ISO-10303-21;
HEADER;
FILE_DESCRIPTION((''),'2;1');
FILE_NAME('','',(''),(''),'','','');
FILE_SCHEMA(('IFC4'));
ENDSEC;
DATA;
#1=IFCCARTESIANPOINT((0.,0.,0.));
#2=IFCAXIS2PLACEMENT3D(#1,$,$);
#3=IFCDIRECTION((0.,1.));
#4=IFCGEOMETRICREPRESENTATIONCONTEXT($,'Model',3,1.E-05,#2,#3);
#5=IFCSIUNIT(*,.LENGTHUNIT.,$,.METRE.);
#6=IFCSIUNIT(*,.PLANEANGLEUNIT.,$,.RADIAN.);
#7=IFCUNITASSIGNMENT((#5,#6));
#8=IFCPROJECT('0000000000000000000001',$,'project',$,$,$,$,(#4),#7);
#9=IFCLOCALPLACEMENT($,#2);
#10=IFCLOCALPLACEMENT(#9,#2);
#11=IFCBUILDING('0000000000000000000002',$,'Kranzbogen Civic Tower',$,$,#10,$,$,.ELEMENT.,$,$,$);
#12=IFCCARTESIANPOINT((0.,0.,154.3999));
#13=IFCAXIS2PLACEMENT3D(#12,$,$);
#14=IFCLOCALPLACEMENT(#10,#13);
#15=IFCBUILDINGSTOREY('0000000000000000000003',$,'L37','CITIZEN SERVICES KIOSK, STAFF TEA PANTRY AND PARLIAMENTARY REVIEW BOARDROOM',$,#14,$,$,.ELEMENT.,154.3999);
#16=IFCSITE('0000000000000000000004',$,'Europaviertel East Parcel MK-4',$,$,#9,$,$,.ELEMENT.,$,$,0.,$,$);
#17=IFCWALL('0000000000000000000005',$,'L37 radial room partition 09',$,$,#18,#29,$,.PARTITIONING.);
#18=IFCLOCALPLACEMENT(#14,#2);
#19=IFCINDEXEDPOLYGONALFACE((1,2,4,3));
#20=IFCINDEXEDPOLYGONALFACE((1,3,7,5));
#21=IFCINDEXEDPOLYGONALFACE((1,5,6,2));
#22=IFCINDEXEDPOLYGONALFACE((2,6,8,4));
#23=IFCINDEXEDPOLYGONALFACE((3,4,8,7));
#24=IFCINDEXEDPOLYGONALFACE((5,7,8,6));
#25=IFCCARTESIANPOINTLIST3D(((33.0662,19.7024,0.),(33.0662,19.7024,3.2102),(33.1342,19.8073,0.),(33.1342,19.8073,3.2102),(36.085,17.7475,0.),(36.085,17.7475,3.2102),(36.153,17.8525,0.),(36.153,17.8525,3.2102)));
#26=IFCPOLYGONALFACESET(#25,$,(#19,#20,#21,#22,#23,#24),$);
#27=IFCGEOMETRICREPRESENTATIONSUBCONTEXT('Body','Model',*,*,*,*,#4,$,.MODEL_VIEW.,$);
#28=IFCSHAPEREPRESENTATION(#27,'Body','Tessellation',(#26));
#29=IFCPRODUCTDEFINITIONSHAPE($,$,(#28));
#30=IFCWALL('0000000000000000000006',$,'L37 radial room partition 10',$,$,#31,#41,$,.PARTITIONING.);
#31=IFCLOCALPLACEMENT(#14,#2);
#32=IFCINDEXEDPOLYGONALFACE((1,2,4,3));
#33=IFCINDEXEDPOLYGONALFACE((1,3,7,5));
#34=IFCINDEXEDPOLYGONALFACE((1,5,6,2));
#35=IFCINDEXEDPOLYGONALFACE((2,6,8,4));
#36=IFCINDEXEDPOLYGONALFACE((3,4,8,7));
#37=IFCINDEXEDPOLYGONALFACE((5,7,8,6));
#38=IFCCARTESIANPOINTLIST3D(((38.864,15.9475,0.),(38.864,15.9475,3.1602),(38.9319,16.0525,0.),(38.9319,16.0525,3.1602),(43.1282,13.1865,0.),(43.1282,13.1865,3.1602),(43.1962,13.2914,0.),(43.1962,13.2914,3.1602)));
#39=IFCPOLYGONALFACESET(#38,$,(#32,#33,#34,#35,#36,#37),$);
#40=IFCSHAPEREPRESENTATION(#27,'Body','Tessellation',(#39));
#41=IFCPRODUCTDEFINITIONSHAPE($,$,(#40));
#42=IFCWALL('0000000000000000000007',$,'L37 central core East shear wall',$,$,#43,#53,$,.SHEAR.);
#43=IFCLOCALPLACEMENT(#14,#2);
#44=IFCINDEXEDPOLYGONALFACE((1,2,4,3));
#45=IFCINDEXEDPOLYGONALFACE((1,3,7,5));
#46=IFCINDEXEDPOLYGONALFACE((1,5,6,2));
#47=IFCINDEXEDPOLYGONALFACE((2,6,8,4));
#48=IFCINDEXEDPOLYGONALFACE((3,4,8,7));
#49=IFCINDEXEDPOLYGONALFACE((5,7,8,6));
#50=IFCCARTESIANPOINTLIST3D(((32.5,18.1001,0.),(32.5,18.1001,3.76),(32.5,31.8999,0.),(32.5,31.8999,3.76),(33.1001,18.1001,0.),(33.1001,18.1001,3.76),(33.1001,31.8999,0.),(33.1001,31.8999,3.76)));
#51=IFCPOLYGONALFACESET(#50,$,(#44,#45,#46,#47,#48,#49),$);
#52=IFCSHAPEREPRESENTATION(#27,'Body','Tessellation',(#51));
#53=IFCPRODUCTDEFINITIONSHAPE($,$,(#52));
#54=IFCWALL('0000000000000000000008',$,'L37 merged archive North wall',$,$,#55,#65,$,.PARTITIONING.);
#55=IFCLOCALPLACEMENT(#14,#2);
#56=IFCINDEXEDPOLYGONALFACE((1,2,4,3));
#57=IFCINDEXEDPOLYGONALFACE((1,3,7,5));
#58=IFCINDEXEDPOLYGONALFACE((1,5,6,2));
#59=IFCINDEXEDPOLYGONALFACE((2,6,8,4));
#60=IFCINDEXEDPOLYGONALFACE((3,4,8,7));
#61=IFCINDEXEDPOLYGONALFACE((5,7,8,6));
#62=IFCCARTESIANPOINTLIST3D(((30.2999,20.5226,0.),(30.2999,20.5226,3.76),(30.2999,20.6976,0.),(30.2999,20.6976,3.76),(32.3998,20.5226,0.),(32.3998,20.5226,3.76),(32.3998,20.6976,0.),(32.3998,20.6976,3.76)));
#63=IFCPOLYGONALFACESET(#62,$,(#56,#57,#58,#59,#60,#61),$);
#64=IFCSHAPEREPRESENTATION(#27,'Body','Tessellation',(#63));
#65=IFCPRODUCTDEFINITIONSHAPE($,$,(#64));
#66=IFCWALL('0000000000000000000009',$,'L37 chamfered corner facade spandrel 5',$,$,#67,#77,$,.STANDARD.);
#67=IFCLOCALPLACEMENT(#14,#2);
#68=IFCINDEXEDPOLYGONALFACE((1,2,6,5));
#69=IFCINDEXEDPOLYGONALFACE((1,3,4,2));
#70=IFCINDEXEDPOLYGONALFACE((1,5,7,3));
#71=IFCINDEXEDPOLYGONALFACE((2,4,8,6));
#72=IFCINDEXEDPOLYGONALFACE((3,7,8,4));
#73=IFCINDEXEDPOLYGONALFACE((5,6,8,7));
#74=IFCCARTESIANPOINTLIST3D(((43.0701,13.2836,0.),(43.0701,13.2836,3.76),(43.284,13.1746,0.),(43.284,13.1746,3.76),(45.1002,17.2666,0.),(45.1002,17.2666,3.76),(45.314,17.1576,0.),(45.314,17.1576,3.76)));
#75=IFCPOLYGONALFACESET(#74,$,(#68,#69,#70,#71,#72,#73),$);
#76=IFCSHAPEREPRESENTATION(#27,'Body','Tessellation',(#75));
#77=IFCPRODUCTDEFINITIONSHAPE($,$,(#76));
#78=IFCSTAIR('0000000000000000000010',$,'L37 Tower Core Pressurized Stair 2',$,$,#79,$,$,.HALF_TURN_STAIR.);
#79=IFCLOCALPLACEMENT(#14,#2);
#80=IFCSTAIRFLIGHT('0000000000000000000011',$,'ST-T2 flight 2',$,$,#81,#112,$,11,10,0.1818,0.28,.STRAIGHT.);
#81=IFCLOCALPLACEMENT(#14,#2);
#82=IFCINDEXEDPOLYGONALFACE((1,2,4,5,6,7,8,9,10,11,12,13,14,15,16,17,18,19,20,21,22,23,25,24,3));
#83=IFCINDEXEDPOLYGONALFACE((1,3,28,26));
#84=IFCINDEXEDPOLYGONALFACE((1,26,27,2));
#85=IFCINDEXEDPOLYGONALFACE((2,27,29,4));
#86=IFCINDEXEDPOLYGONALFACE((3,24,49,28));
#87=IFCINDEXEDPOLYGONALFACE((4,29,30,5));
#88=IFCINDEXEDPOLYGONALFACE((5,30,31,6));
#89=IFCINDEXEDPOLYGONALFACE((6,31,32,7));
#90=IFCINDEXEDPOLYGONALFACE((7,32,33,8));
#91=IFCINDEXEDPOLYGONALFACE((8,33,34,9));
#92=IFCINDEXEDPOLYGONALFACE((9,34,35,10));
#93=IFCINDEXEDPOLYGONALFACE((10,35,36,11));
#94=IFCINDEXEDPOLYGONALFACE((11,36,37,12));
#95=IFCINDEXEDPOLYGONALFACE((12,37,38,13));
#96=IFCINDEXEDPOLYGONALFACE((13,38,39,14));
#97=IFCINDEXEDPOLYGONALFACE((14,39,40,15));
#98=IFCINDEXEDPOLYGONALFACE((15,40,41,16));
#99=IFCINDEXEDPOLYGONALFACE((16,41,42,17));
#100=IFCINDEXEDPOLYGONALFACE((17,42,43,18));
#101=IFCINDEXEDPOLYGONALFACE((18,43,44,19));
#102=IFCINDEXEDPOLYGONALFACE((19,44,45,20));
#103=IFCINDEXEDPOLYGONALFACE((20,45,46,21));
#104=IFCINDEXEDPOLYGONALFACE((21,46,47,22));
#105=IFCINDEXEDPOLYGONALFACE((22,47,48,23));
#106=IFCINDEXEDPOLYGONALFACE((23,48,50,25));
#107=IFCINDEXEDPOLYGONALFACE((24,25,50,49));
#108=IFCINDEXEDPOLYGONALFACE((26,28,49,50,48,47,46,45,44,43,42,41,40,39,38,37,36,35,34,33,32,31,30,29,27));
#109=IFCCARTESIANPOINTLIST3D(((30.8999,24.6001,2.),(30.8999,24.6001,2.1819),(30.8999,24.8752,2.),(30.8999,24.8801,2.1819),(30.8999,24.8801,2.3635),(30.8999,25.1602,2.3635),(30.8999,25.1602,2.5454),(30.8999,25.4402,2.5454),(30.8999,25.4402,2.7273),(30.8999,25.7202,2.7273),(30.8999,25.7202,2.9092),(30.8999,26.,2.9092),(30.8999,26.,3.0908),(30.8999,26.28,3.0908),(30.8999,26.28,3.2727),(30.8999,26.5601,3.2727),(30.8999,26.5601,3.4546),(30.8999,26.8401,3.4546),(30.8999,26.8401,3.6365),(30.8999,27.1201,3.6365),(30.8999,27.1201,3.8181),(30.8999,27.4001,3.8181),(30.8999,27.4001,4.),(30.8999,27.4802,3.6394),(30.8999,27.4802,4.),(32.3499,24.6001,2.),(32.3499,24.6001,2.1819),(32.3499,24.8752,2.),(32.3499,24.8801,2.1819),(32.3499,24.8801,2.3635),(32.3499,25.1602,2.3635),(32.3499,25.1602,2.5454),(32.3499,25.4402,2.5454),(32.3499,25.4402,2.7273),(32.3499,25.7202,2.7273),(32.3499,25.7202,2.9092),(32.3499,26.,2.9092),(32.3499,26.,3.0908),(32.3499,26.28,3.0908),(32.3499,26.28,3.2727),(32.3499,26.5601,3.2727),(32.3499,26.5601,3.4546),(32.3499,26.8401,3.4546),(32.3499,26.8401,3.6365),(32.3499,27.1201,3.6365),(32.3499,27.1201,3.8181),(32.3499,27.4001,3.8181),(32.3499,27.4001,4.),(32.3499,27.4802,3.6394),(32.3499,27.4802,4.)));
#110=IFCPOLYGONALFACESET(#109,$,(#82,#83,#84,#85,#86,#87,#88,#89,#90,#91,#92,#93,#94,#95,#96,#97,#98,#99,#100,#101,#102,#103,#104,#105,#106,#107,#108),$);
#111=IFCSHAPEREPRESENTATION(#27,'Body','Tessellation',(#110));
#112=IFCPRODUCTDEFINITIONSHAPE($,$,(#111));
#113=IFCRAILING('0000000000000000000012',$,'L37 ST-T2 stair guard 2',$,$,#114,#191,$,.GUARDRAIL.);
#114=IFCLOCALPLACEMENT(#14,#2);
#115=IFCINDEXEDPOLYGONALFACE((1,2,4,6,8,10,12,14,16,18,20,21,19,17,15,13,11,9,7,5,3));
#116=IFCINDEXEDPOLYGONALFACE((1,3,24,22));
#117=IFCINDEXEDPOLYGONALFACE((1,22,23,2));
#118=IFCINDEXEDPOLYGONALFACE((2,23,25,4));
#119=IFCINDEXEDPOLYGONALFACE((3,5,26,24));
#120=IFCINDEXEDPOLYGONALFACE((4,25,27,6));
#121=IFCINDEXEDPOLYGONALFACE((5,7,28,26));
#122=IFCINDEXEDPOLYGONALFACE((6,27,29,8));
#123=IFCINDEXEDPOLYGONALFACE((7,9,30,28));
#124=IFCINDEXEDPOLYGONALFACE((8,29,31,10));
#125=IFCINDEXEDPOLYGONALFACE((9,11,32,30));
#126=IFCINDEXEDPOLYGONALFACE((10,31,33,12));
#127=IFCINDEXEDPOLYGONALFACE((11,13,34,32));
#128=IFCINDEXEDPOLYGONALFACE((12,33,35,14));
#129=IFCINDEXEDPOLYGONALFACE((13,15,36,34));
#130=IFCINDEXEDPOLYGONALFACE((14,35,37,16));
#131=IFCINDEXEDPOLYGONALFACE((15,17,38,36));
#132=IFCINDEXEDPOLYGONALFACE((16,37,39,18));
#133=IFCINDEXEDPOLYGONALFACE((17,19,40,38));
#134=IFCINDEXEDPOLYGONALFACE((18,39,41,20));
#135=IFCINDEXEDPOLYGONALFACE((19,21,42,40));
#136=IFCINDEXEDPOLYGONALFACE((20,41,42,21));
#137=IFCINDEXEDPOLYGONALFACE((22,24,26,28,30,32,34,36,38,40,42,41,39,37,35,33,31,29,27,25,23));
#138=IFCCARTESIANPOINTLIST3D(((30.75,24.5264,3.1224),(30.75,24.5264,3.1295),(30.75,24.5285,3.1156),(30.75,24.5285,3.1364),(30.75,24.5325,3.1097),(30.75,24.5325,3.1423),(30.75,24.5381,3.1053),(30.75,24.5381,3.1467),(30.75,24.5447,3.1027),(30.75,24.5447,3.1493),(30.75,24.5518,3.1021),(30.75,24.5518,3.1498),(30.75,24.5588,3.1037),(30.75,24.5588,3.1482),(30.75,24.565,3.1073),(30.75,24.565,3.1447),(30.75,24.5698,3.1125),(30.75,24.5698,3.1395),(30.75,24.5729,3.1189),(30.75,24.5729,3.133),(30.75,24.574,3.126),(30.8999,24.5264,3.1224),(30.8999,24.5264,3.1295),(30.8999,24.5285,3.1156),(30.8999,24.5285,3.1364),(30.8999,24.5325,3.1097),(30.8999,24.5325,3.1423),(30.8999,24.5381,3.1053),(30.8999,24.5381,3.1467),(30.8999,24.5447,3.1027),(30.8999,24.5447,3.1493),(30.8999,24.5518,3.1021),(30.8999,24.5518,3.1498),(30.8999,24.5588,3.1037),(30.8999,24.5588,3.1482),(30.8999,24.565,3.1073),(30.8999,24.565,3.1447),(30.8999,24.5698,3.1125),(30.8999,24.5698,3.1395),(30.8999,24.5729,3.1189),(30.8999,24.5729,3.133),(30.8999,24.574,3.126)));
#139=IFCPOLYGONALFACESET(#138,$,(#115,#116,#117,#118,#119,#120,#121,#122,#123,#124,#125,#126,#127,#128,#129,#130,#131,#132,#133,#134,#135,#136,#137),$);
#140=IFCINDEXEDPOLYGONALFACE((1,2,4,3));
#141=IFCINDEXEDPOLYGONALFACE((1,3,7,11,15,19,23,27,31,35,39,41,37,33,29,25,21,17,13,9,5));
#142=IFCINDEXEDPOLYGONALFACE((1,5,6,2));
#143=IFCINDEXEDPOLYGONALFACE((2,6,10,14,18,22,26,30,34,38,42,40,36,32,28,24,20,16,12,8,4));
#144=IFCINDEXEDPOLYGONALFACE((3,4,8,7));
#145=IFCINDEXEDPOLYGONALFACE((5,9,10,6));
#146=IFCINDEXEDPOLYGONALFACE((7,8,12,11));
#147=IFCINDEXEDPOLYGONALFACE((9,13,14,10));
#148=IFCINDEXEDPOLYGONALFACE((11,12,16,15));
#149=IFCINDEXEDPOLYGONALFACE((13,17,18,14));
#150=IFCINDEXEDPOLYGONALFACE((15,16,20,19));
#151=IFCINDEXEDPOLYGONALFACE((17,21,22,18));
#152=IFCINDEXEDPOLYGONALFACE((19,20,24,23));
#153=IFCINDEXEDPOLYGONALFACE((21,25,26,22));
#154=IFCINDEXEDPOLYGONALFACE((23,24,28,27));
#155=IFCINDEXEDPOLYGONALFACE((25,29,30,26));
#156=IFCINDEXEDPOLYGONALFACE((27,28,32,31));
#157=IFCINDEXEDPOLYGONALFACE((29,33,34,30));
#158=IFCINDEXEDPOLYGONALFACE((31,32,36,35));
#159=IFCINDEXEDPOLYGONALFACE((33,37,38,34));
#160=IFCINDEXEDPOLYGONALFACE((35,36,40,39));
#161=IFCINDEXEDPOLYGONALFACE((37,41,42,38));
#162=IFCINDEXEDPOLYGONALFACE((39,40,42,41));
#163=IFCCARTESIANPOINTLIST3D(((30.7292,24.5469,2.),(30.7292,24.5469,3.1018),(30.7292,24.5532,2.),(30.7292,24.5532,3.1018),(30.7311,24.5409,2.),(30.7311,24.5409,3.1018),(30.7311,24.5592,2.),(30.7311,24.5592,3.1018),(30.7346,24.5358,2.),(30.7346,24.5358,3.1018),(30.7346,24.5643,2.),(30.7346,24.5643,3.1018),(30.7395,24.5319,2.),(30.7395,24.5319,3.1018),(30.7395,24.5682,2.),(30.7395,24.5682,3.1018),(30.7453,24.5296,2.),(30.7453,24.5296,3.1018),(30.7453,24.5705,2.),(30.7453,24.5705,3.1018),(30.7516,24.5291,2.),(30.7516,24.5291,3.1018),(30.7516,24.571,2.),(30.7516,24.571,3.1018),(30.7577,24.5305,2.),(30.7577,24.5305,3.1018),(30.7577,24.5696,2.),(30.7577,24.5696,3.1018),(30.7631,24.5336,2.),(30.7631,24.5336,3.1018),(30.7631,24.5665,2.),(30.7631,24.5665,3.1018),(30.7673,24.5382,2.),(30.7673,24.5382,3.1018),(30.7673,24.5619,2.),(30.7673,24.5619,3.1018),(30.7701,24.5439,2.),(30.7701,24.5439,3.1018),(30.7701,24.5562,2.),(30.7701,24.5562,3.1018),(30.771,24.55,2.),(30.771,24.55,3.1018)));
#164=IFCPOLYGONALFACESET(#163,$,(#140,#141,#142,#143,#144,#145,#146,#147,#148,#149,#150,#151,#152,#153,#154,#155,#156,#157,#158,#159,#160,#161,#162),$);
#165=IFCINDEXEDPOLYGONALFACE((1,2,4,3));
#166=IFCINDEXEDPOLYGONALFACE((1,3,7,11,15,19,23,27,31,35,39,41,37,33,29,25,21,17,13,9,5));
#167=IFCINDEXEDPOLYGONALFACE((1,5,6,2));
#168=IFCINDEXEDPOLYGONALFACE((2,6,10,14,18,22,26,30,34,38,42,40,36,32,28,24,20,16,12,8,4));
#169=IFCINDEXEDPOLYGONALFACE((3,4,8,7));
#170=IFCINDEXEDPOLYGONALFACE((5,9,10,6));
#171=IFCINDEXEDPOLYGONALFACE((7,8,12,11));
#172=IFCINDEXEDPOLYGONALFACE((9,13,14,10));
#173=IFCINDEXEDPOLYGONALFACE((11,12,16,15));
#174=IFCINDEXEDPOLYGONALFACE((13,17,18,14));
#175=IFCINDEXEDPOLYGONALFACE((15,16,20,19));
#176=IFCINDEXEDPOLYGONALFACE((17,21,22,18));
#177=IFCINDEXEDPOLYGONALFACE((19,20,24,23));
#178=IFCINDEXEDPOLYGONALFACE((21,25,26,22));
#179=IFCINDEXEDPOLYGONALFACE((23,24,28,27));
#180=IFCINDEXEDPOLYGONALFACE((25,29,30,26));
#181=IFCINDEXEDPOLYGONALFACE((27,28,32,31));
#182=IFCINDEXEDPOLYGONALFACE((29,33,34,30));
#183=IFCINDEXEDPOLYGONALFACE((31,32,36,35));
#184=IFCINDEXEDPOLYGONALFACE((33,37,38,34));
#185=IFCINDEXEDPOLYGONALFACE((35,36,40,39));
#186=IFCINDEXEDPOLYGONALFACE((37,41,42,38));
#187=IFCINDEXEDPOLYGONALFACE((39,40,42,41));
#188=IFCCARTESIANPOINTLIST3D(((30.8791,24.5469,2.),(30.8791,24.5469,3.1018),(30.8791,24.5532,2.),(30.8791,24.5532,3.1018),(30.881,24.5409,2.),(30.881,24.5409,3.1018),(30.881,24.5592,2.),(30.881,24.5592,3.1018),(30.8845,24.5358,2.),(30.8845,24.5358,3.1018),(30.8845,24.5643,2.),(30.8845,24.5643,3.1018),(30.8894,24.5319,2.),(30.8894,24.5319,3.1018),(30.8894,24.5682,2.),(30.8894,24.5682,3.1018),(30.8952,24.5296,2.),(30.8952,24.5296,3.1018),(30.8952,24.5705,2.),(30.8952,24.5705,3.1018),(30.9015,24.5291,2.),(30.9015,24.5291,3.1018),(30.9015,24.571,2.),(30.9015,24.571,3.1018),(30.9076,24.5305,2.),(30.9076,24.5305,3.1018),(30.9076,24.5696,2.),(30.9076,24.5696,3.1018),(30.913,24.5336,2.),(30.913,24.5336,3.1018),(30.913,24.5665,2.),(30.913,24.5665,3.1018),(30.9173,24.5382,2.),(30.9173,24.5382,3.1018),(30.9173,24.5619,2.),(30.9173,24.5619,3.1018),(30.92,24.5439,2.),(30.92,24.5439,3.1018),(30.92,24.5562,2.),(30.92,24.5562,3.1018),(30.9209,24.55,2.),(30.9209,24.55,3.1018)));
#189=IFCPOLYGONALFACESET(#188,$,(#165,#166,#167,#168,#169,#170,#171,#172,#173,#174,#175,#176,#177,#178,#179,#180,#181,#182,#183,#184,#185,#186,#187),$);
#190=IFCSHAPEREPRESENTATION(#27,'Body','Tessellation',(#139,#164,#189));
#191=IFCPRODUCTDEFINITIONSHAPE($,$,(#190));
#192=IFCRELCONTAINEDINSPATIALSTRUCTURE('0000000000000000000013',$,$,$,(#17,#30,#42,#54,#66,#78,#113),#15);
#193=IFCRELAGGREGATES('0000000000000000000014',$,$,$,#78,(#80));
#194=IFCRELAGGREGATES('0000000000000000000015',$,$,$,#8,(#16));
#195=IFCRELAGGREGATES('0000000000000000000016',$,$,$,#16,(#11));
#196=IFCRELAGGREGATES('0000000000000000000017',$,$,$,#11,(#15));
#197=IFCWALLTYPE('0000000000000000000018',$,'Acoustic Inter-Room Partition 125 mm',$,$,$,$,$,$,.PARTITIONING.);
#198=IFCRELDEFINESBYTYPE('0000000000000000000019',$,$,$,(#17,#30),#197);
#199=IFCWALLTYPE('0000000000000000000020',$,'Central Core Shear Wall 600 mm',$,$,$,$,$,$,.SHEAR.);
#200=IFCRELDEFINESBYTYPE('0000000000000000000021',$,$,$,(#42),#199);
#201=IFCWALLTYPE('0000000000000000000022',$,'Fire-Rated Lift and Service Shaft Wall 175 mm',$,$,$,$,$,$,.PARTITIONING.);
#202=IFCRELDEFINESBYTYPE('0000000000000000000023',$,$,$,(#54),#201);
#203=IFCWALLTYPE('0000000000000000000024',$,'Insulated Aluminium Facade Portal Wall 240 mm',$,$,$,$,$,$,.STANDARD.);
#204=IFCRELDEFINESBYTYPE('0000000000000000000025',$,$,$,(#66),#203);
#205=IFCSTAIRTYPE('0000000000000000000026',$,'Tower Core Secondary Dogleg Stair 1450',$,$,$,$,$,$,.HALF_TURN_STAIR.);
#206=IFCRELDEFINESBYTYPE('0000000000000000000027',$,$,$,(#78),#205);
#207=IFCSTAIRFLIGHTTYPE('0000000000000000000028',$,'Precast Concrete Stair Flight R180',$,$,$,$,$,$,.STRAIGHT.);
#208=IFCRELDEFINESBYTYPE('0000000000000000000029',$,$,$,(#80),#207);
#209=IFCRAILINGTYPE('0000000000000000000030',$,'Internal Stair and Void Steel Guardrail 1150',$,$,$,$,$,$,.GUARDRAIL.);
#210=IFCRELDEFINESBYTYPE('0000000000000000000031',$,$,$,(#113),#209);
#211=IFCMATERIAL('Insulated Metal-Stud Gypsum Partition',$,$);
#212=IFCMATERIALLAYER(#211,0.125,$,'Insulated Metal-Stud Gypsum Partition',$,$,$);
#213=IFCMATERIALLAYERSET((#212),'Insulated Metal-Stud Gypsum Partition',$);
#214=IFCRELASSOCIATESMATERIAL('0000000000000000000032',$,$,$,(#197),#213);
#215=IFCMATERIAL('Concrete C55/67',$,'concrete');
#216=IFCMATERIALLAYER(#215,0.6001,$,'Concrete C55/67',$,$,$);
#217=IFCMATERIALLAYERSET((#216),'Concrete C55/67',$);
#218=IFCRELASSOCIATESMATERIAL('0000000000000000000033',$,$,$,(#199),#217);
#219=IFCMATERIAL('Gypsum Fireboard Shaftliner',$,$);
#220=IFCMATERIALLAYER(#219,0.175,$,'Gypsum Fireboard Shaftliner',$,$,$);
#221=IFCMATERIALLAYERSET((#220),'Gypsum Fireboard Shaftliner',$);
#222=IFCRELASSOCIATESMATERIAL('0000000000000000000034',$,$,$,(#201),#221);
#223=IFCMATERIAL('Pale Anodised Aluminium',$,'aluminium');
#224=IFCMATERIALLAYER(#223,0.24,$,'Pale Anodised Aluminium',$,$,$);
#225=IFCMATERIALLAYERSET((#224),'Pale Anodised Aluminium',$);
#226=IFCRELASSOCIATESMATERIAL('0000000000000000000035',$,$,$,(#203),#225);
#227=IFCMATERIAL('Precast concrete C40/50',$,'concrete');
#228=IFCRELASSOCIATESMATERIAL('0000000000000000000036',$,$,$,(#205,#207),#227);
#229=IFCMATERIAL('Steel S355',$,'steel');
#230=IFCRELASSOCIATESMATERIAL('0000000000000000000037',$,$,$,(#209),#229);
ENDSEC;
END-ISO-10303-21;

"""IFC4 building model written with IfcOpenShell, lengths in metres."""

from ifc_helpers import new_model, si_unit, direction, frame, frame_2d, origin, origin_2d, place, context, subcontext, project, spatial, polyline, rectangle, circle, outline, extrude, material, layer, layer_set, type_object, element, aggregate, save


model = new_model("IFC4")

# Units and contexts
model_context = context("Model", 3, precision=1e-05, world=origin(), true_north=direction((0.0, 1.0)))
body_context = subcontext(model_context, "Body", "Model", "MODEL_VIEW")
ifc_project = project(units=[si_unit("LENGTHUNIT", "METRE"), si_unit("PLANEANGLEUNIT", "RADIAN")], contexts=[model_context])

# Site, building, storey
site_placement = place(None, origin())
site = spatial("IfcSite", under=ifc_project, at=site_placement, Name="Europaviertel East Parcel MK-4", CompositionType="ELEMENT", RefElevation=0.0)
building_placement = place(site_placement, origin())
building = spatial("IfcBuilding", under=site, at=building_placement, Name="Kranzbogen Civic Tower", CompositionType="ELEMENT")
storey_placement = place(building_placement, frame((0.0, 0.0, 154.3999)))
storey = spatial("IfcBuildingStorey", under=building, at=storey_placement, Name="L37", Description="CITIZEN SERVICES KIOSK, STAFF TEA PANTRY AND PARLIAMENTARY REVIEW BOARDROOM", CompositionType="ELEMENT", Elevation=154.3999)

# Shared definitions
ifc_material_1 = material(Name="Steel S355", Category="steel")

# Shared definitions
ifc_material_2 = material(Name="Pale Anodised Aluminium", Category="aluminium")

# Walls
ifc_material_3 = material(Name="Insulated Metal-Stud Gypsum Partition")
ifc_layer_1 = layer(ifc_material_3, 0.125, Name="Insulated Metal-Stud Gypsum Partition")
ifc_layer_set_1 = layer_set([ifc_layer_1], Name="Insulated Metal-Stud Gypsum Partition")
wall_type_1 = type_object("IfcWallType", Name="Acoustic Inter-Room Partition 125 mm", PredefinedType="PARTITIONING", material=ifc_layer_set_1)
wall_1_placement = place(storey_placement, frame((33.1001, 19.7549, 0.0), z_axis=(0.0, 0.0, 1.0), x_axis=(0.839381, -0.543544, 0.0)))
element("IfcWall", 1, at=wall_1_placement, inside=storey, type_object=wall_type_1, Name="L37 radial room partition 09", PredefinedType="PARTITIONING", context=body_context, shape_type="SweptSolid", body=[
    extrude(rectangle(XDim=3.5964, YDim=0.125, at=frame_2d((1.7983, 0.0))), origin(), (0.0, 0.0, 1.0), 3.2102),
])
wall_2_placement = place(storey_placement, frame((38.8979, 16.0, 0.0), z_axis=(0.0, 0.0, 1.0), x_axis=(0.839406, -0.543504, 0.0)))
element("IfcWall", 2, at=wall_2_placement, inside=storey, type_object=wall_type_1, Name="L37 radial room partition 10", PredefinedType="PARTITIONING", context=body_context, shape_type="SweptSolid", body=[
    extrude(rectangle(XDim=5.0801, YDim=0.125, at=frame_2d((2.54, 0.0))), origin(), (0.0, 0.0, 1.0), 3.1602),
])
ifc_material_4 = material(Name="Concrete C55/67", Category="concrete")
ifc_layer_2 = layer(ifc_material_4, 0.6001, Name="Concrete C55/67")
ifc_layer_set_2 = layer_set([ifc_layer_2], Name="Concrete C55/67")
wall_type_2 = type_object("IfcWallType", Name="Central Core Shear Wall 600 mm", PredefinedType="SHEAR", material=ifc_layer_set_2)
wall_3_placement = place(storey_placement, frame((32.8, 18.1001, 0.0), z_axis=(0.0, 0.0, 1.0), x_axis=(0.0, 1.0, 0.0)))
element("IfcWall", 3, at=wall_3_placement, inside=storey, type_object=wall_type_2, Name="L37 central core East shear wall", PredefinedType="SHEAR", context=body_context, shape_type="SweptSolid", body=[
    extrude(rectangle(XDim=13.7998, YDim=0.6001, at=frame_2d((6.8999, 0.0))), origin(), (0.0, 0.0, 1.0), 3.76),
])
ifc_material_5 = material(Name="Gypsum Fireboard Shaftliner")
ifc_layer_3 = layer(ifc_material_5, 0.175, Name="Gypsum Fireboard Shaftliner")
ifc_layer_set_3 = layer_set([ifc_layer_3], Name="Gypsum Fireboard Shaftliner")
wall_type_3 = type_object("IfcWallType", Name="Fire-Rated Lift and Service Shaft Wall 175 mm", PredefinedType="PARTITIONING", material=ifc_layer_set_3)
wall_4_placement = place(storey_placement, frame((30.3, 20.6101, 0.0), z_axis=(0.0, 0.0, 1.0), x_axis=(1.0, 0.0, 0.0)))
element("IfcWall", 4, at=wall_4_placement, inside=storey, type_object=wall_type_3, Name="L37 merged archive North wall", PredefinedType="PARTITIONING", context=body_context, shape_type="SweptSolid", body=[
    extrude(rectangle(XDim=2.0999, YDim=0.175, at=frame_2d((1.0498, 0.0))), origin(), (0.0, 0.0, 1.0), 3.76),
])
ifc_layer_4 = layer(ifc_material_2, 0.24, Name="Pale Anodised Aluminium")
ifc_layer_set_4 = layer_set([ifc_layer_4], Name="Pale Anodised Aluminium")
wall_type_4 = type_object("IfcWallType", Name="Insulated Aluminium Facade Portal Wall 240 mm", PredefinedType="STANDARD", material=ifc_layer_set_4)
wall_5_placement = place(storey_placement, frame((43.177, 13.229, 0.0), z_axis=(0.0, 0.0, 1.0), x_axis=(0.454103, 0.890949, 0.0)))
element("IfcWall", 5, at=wall_5_placement, inside=storey, type_object=wall_type_4, Name="L37 chamfered corner facade spandrel 5", PredefinedType="STANDARD", context=body_context, shape_type="SweptSolid", body=[
    extrude(rectangle(XDim=4.4705, YDim=0.24, at=frame_2d((2.2354, 0.0))), origin(), (0.0, 0.0, 1.0), 3.76),
])

# Stair, stair flight
ifc_material_6 = material(Name="Precast concrete C40/50", Category="concrete")
stair_type = type_object("IfcStairType", Name="Tower Core Secondary Dogleg Stair 1450", PredefinedType="HALF_TURN_STAIR", material=ifc_material_6)
stair_placement = place(storey_placement, origin())
stair = element("IfcStair", 6, at=stair_placement, inside=storey, type_object=stair_type, Name="L37 Tower Core Pressurized Stair 2", PredefinedType="HALF_TURN_STAIR")
stair_flight_type = type_object("IfcStairFlightType", Name="Precast Concrete Stair Flight R180", PredefinedType="STRAIGHT", material=ifc_material_6)
stair_flight_placement = place(storey_placement, frame((31.625, 24.6001, 2.0), z_axis=(0.0, 0.0, 1.0), x_axis=(0.0, 1.0, 0.0)))
stair_flight = element("IfcStairFlight", 7, at=stair_flight_placement, type_object=stair_flight_type, Name="ST-T2 flight 2", NumberOfRisers=11, NumberOfTreads=10, PredefinedType="STRAIGHT", RiserHeight=0.1818, TreadLength=0.28, context=body_context, shape_type="SweptSolid", body=[
    extrude(outline(polyline([(0.0, 0.0), (0.0, 0.1819), (0.28, 0.1819), (0.28, 0.3635), (0.5601, 0.3635), (0.5601, 0.5454), (0.8401, 0.5454), (0.8401, 0.7273), (1.1201, 0.7273), (1.1201, 0.9092), (1.3999, 0.9092), (1.3999, 1.0908), (1.6799, 1.0908), (1.6799, 1.2727), (1.96, 1.2727), (1.96, 1.4546), (2.24, 1.4546), (2.24, 1.6365), (2.52, 1.6365), (2.52, 1.8181), (2.8, 1.8181), (2.8, 2.0), (2.8801, 2.0), (2.8801, 1.6394), (0.2751, 0.0), (0.0, 0.0)])), frame((0.0, 0.7251, 0.0), z_axis=(0.0, -1.0, 0.0), x_axis=(1.0, 0.0, 0.0)), (0.0, 0.0, 1.0), 1.45),
])
aggregate(stair, [stair_flight])

# Railing
railing_type_1 = type_object("IfcRailingType", Name="Internal Stair and Void Steel Guardrail 1150", PredefinedType="GUARDRAIL", material=ifc_material_1)
railing_1_placement = place(storey_placement, frame((30.75, 24.55, 2.0)))
element("IfcRailing", 8, at=railing_1_placement, inside=storey, type_object=railing_type_1, Name="L37 ST-T2 stair guard 2", PredefinedType="GUARDRAIL", context=body_context, shape_type="SweptSolid", body=[
    extrude(circle(Radius=0.0239, at=origin_2d()), frame((0.0, 0.0, 1.126), z_axis=(1.0, 0.0, 0.0), x_axis=(0.0, 1.0, 0.0)), (0.0, 0.0, 1.0), 0.1499),
    extrude(circle(Radius=0.021, at=origin_2d()), origin(), (0.0, 0.0, 1.0), 1.1018),
    extrude(circle(Radius=0.021, at=origin_2d()), frame((0.1499, 0.0, 0.0)), (0.0, 0.0, 1.0), 1.1018),
])

save(model, "model.ifc")
